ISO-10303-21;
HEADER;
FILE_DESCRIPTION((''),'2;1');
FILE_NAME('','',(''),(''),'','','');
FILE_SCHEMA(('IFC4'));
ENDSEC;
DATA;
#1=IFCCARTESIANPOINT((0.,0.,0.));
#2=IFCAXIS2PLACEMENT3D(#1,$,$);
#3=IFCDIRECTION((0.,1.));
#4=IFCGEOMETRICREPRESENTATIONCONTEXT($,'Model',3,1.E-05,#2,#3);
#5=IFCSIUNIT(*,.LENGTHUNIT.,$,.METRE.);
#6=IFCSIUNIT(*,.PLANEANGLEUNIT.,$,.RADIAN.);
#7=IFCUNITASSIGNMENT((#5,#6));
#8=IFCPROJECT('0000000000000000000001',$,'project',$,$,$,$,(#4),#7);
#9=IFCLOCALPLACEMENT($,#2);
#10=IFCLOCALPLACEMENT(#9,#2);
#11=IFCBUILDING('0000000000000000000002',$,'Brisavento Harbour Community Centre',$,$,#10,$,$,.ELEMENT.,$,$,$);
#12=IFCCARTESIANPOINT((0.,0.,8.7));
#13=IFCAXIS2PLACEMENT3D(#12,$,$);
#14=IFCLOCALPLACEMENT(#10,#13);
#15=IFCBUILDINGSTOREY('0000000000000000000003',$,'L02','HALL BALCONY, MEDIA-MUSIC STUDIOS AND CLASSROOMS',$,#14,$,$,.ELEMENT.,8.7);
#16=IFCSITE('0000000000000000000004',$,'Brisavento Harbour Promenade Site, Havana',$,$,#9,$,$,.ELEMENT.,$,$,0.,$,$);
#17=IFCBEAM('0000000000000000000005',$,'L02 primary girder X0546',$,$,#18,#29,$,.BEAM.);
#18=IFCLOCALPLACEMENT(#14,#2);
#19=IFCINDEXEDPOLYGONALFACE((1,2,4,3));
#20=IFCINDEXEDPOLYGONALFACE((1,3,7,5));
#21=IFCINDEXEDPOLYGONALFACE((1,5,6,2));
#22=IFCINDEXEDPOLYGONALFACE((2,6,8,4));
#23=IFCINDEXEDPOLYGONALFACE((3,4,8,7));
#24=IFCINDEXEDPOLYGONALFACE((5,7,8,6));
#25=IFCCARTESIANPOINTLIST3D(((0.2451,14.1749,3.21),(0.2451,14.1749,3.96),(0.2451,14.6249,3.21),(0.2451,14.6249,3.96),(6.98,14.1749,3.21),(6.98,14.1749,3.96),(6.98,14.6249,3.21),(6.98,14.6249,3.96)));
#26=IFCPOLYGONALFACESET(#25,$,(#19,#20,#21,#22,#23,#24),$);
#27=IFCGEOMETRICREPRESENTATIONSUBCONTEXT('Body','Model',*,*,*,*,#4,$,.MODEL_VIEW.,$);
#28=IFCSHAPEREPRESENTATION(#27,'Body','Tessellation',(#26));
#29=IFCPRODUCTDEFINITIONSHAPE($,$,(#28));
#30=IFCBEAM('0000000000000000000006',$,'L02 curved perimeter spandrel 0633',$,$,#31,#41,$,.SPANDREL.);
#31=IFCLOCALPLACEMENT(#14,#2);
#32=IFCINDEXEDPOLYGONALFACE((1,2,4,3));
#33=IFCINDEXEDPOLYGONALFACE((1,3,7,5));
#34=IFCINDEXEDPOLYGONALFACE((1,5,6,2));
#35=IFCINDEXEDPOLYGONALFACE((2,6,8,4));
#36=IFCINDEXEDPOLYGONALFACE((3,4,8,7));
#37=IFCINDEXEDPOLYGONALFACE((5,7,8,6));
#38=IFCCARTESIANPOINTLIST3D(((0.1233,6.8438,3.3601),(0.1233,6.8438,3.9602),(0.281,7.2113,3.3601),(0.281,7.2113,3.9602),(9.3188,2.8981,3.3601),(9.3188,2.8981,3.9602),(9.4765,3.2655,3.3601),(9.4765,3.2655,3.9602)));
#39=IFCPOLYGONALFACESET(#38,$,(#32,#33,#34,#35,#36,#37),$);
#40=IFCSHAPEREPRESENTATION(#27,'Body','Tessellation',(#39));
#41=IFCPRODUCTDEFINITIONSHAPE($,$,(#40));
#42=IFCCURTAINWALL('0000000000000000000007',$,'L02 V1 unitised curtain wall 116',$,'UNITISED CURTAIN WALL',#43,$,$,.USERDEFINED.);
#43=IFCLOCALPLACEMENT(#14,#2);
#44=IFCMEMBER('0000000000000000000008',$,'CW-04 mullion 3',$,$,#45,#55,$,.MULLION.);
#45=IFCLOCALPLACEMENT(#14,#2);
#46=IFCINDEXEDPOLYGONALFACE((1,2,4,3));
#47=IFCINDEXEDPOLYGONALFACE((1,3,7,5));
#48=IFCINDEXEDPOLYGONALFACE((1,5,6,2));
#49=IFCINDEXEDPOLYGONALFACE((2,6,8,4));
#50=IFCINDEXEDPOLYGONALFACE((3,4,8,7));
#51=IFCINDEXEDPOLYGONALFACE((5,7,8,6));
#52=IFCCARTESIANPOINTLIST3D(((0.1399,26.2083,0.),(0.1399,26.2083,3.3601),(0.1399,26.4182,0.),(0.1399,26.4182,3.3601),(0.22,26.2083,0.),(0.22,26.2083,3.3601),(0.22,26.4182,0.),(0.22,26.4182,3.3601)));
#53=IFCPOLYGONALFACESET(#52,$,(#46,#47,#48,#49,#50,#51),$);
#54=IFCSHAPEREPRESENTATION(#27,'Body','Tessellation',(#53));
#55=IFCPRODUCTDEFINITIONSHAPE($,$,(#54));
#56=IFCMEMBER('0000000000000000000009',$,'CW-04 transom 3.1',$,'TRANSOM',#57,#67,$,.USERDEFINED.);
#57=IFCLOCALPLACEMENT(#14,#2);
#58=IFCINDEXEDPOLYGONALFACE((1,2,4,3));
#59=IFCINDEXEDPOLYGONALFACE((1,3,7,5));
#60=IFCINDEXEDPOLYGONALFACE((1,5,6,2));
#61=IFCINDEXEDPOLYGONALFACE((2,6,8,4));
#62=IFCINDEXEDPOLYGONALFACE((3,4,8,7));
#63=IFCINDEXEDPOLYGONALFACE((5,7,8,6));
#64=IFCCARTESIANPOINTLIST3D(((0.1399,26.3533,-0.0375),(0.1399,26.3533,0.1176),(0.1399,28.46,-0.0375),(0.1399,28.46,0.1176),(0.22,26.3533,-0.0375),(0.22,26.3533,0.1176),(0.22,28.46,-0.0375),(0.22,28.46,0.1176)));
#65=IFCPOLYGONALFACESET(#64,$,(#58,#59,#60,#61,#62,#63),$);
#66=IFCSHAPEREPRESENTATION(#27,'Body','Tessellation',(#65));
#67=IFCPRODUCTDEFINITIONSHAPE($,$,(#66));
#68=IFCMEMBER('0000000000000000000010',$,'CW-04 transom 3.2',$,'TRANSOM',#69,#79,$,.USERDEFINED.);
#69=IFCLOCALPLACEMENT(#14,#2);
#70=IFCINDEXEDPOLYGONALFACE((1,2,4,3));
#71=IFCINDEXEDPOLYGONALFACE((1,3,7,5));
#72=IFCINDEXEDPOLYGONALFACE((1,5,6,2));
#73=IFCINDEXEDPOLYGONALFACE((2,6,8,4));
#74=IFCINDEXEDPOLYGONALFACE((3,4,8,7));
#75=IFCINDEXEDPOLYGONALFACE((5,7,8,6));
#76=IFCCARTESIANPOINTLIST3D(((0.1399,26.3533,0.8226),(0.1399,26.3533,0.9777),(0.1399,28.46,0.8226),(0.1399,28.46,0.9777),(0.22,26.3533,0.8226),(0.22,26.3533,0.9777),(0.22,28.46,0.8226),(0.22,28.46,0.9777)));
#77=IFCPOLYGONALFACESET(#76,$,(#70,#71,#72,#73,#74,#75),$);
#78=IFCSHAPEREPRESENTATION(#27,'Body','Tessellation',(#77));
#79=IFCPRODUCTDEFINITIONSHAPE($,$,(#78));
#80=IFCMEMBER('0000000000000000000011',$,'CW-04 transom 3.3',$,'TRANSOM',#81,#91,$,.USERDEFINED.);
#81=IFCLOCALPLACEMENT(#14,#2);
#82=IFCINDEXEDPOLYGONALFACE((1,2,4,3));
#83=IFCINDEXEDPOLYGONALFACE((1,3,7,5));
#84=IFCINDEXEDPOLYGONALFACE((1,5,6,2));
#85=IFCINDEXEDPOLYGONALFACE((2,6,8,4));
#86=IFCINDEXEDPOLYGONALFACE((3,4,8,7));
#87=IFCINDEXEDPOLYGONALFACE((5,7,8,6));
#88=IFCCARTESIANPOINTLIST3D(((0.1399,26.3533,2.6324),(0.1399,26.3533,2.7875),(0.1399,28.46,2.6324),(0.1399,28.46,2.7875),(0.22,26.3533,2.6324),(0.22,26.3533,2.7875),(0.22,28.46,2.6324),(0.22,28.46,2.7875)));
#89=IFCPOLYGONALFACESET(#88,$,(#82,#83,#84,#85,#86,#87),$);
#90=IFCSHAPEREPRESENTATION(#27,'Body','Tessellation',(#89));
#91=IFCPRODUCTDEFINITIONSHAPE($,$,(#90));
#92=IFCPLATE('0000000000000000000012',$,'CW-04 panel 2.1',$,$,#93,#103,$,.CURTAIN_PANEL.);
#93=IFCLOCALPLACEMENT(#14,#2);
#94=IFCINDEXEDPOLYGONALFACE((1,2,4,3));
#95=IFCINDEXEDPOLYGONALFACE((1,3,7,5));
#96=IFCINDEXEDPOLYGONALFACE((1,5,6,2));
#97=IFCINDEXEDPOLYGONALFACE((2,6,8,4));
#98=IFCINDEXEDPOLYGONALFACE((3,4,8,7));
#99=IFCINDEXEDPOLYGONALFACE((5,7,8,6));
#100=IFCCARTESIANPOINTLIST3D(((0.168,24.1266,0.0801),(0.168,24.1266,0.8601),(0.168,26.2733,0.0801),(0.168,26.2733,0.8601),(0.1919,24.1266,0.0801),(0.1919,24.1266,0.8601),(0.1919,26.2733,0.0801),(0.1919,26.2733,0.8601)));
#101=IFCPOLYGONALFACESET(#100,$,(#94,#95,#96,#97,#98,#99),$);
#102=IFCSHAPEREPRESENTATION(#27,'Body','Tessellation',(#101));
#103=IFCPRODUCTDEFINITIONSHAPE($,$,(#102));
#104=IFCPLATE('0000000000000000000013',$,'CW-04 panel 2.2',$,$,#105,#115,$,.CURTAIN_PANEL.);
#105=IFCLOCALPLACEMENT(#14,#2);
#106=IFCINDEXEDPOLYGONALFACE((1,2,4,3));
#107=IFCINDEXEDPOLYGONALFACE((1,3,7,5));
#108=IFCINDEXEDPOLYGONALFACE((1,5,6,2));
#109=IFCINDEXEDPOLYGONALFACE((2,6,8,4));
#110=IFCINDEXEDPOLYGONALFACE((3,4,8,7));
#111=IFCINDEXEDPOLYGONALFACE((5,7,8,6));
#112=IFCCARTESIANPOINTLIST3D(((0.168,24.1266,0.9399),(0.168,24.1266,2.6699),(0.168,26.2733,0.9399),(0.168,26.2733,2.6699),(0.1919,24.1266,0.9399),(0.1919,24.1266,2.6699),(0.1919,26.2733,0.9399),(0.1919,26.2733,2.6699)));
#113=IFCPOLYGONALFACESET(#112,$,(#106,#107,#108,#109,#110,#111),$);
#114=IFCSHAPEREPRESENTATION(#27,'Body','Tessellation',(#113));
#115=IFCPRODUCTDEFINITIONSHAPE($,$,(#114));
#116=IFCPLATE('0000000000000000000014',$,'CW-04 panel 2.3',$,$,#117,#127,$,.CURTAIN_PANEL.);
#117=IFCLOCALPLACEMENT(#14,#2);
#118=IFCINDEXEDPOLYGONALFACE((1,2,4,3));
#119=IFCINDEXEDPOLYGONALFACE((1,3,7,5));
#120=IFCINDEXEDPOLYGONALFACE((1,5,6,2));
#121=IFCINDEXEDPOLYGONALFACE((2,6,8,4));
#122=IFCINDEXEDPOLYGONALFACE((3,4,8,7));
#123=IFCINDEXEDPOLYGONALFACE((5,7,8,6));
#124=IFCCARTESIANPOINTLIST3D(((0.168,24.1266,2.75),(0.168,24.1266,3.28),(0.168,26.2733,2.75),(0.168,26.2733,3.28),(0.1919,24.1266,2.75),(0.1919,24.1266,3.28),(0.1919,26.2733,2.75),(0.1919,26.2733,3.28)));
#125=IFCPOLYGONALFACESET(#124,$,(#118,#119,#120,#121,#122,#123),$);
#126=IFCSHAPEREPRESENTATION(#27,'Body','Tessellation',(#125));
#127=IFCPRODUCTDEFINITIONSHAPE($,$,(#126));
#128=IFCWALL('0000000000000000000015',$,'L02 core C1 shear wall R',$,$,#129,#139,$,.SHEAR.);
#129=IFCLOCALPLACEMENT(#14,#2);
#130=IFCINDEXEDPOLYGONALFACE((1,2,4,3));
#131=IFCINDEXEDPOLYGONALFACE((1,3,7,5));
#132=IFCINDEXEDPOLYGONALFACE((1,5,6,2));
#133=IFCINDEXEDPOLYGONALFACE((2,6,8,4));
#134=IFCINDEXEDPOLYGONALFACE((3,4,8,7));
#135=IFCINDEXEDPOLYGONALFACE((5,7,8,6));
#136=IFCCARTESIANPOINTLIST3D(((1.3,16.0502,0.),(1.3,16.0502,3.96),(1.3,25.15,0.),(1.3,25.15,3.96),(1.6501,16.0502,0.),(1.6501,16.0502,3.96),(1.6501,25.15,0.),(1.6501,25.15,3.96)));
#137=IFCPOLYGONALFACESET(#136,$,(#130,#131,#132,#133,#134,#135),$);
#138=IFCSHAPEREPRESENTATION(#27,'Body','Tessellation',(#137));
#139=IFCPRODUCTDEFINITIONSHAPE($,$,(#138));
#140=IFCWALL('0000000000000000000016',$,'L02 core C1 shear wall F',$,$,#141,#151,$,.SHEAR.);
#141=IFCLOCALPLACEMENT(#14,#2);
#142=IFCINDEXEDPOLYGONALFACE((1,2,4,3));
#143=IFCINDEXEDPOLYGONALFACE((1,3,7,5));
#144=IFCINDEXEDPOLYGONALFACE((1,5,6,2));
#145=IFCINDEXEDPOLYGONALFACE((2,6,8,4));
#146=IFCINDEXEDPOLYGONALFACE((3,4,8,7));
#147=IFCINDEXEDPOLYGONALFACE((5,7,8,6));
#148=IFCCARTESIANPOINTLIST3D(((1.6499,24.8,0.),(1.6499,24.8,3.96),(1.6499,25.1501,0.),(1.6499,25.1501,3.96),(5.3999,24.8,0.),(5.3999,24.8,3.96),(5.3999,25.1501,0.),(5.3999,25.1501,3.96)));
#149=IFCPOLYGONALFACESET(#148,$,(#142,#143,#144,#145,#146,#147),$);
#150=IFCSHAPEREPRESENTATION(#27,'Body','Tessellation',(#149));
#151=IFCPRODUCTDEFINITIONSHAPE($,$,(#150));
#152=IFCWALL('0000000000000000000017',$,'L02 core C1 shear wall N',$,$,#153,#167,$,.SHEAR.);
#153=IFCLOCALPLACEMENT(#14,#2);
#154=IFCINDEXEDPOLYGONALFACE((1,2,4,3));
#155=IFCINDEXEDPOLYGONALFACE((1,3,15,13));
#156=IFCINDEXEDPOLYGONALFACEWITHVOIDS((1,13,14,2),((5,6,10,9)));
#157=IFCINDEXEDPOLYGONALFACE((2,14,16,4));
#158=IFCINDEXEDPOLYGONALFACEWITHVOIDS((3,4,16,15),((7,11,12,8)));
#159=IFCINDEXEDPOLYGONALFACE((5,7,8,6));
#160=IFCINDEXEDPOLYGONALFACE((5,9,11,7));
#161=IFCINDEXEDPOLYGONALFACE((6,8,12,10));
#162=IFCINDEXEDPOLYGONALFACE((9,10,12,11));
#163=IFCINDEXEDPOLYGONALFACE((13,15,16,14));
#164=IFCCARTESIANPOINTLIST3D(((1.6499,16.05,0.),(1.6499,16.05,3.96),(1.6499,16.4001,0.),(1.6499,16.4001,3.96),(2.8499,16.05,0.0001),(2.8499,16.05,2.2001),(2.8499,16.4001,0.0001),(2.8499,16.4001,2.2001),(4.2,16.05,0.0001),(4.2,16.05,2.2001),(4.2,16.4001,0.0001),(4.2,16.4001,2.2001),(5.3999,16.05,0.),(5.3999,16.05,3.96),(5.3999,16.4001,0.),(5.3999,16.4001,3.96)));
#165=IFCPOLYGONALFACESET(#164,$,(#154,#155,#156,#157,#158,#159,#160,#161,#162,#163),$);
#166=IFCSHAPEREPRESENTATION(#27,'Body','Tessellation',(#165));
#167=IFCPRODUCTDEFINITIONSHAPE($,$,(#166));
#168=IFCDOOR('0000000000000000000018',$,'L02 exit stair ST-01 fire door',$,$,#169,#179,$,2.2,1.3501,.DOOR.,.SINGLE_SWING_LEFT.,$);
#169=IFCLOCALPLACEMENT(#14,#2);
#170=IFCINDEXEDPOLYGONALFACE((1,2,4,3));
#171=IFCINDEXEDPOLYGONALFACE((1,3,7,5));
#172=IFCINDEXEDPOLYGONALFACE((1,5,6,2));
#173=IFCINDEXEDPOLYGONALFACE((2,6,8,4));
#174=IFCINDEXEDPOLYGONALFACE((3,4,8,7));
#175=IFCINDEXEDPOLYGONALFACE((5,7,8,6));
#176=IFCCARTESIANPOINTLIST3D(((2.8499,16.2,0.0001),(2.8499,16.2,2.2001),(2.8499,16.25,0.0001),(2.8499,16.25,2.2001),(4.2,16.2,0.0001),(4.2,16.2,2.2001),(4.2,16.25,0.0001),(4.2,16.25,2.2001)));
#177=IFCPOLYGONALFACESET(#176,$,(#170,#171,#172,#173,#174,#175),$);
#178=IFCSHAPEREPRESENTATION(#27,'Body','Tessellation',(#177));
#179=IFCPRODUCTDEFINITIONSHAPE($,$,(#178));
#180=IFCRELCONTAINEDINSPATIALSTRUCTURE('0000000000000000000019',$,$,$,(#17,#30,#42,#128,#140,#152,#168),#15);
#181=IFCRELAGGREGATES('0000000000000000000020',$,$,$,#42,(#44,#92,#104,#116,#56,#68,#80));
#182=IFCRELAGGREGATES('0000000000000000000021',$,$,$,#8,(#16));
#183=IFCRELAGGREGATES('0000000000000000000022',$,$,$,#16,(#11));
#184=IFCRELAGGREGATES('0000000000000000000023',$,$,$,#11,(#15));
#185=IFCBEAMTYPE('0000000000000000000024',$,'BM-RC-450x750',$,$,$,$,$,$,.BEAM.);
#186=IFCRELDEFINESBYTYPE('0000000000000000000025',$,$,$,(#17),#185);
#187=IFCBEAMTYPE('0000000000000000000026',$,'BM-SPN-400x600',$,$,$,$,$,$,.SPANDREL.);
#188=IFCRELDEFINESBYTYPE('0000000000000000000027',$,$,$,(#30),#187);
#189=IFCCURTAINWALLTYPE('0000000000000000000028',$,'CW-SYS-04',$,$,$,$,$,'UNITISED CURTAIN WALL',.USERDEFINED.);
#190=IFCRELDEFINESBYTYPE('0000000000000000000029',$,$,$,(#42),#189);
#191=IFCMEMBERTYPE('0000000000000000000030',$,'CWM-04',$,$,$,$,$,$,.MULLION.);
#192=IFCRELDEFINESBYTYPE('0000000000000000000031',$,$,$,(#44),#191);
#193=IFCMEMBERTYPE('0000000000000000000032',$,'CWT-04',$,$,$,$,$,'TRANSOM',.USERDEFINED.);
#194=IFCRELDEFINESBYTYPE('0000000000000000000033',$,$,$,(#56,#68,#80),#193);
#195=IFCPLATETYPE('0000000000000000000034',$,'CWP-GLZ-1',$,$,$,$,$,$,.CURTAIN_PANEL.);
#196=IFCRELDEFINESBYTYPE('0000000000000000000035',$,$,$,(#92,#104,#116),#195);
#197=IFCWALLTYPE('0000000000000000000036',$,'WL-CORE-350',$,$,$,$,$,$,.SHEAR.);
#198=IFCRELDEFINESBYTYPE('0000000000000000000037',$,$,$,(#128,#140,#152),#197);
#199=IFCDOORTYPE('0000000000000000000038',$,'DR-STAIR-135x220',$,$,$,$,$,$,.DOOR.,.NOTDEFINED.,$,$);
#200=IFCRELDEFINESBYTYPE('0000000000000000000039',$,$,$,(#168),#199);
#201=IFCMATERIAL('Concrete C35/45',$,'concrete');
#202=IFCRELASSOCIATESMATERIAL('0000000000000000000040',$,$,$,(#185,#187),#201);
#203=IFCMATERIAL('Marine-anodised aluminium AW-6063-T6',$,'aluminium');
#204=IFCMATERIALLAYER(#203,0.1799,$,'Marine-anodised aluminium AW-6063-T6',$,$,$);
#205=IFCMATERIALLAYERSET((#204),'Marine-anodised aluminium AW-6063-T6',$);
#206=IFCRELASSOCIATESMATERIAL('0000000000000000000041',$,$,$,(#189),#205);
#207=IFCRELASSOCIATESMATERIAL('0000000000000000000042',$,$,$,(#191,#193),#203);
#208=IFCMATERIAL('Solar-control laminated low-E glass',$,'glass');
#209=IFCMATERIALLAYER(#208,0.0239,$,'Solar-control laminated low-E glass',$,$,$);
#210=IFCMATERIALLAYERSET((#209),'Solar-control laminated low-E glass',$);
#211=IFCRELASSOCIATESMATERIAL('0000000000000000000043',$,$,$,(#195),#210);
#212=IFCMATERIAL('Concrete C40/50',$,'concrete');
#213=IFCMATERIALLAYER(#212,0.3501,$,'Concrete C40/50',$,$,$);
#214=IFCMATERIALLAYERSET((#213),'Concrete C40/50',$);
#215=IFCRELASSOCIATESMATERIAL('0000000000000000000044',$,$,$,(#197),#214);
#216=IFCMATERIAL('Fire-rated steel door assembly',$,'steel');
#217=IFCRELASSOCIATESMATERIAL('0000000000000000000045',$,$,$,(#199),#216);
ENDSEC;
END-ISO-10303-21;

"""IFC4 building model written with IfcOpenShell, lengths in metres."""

from ifc_helpers import new_model, si_unit, direction, frame, frame_2d, origin, origin_2d, place, context, subcontext, project, spatial, rectangle, extrude, material, layer, layer_set, material_profile, profile_set, type_object, element, fill, aggregate, save


model = new_model("IFC4")

# Units and contexts
model_context = context("Model", 3, precision=1e-05, world=origin(), true_north=direction((0.0, 1.0)))
body_context = subcontext(model_context, "Body", "Model", "MODEL_VIEW")
ifc_project = project(units=[si_unit("LENGTHUNIT", "METRE"), si_unit("PLANEANGLEUNIT", "RADIAN")], contexts=[model_context])

# Site, building, storey
site_placement = place(None, origin())
site = spatial("IfcSite", under=ifc_project, at=site_placement, Name="Brisavento Harbour Promenade Site, Havana", CompositionType="ELEMENT", RefElevation=0.0)
building_placement = place(site_placement, origin())
building = spatial("IfcBuilding", under=site, at=building_placement, Name="Brisavento Harbour Community Centre", CompositionType="ELEMENT")
storey_placement = place(building_placement, frame((0.0, 0.0, 8.7)))
storey = spatial("IfcBuildingStorey", under=building, at=storey_placement, Name="L02", Description="HALL BALCONY, MEDIA-MUSIC STUDIOS AND CLASSROOMS", CompositionType="ELEMENT", Elevation=8.7)

# Beams
ifc_material_1 = material(Name="Concrete C35/45", Category="concrete")
ifc_material_profile_1 = material_profile(ifc_material_1, rectangle(XDim=0.45, YDim=0.75, at=origin_2d()), Name="Concrete C35/45")
ifc_profile_set_1 = profile_set([ifc_material_profile_1], Name="Concrete C35/45")
beam_type_1 = type_object("IfcBeamType", Name="BM-RC-450x750", PredefinedType="BEAM", material=ifc_profile_set_1)
beam_1_placement = place(storey_placement, frame((0.2451, 14.3999, 3.585), z_axis=(1.0, 0.0, 0.0), x_axis=(0.0, 1.0, 0.0)))
element("IfcBeam", 1, at=beam_1_placement, inside=storey, type_object=beam_type_1, Name="L02 primary girder X0546", PredefinedType="BEAM", context=body_context, shape_type="SweptSolid", body=[
    extrude(rectangle(XDim=0.45, YDim=0.75, at=origin_2d()), origin(), (0.0, 0.0, 1.0), 6.7349),
])
ifc_material_profile_2 = material_profile(ifc_material_1, rectangle(XDim=0.3999, YDim=0.6001, at=origin_2d()), Name="Concrete C35/45")
ifc_profile_set_2 = profile_set([ifc_material_profile_2], Name="Concrete C35/45")
beam_type_2 = type_object("IfcBeamType", Name="BM-SPN-400x600", PredefinedType="SPANDREL", material=ifc_profile_set_2)
beam_2_placement = place(storey_placement, frame((0.2021, 7.0276, 3.6602), z_axis=(0.91897, -0.394329, 0.0), x_axis=(0.394329, 0.91897, 0.0)))
element("IfcBeam", 2, at=beam_2_placement, inside=storey, type_object=beam_type_2, Name="L02 curved perimeter spandrel 0633", PredefinedType="SPANDREL", context=body_context, shape_type="SweptSolid", body=[
    extrude(rectangle(XDim=0.3999, YDim=0.6001, at=origin_2d()), origin(), (0.0, 0.0, 1.0), 10.0063),
])

# Curtain wall, members, plates
ifc_material_2 = material(Name="Marine-anodised aluminium AW-6063-T6", Category="aluminium")
ifc_layer_1 = layer(ifc_material_2, 0.1799, Name="Marine-anodised aluminium AW-6063-T6")
ifc_layer_set_1 = layer_set([ifc_layer_1], Name="Marine-anodised aluminium AW-6063-T6")
curtain_wall_type = type_object("IfcCurtainWallType", Name="CW-SYS-04", ElementType="UNITISED CURTAIN WALL", PredefinedType="USERDEFINED", material=ifc_layer_set_1)
curtain_wall_placement = place(storey_placement, origin())
curtain_wall = element("IfcCurtainWall", 3, at=curtain_wall_placement, inside=storey, type_object=curtain_wall_type, Name="L02 V1 unitised curtain wall 116", ObjectType="UNITISED CURTAIN WALL", PredefinedType="USERDEFINED")
ifc_material_profile_3 = material_profile(ifc_material_2, rectangle(XDim=0.0801, YDim=0.21, at=origin_2d()), Name="Marine-anodised aluminium AW-6063-T6")
ifc_profile_set_3 = profile_set([ifc_material_profile_3], Name="Marine-anodised aluminium AW-6063-T6")
member_type_1 = type_object("IfcMemberType", Name="CWM-04", PredefinedType="MULLION", material=ifc_profile_set_3)
member_1_placement = place(storey_placement, frame((0.1799, 26.3132, 0.0), z_axis=(0.0, 0.0, 1.0), x_axis=(-1.0, 0.0, 0.0)))
member_1 = element("IfcMember", 4, at=member_1_placement, type_object=member_type_1, Name="CW-04 mullion 3", PredefinedType="MULLION", context=body_context, shape_type="SweptSolid", body=[
    extrude(rectangle(XDim=0.0801, YDim=0.21, at=origin_2d()), origin(), (0.0, 0.0, 1.0), 3.3601),
])
ifc_material_profile_4 = material_profile(ifc_material_2, rectangle(XDim=0.0801, YDim=0.155, at=origin_2d()), Name="Marine-anodised aluminium AW-6063-T6")
ifc_profile_set_4 = profile_set([ifc_material_profile_4], Name="Marine-anodised aluminium AW-6063-T6")
member_type_2 = type_object("IfcMemberType", Name="CWT-04", ElementType="TRANSOM", PredefinedType="USERDEFINED", material=ifc_profile_set_4)
member_2_placement = place(storey_placement, frame((0.1799, 26.3533, 0.04), z_axis=(0.0, 1.0, 0.0), x_axis=(-1.0, 0.0, 0.0)))
member_2 = element("IfcMember", 5, at=member_2_placement, type_object=member_type_2, Name="CW-04 transom 3.1", ObjectType="TRANSOM", PredefinedType="USERDEFINED", context=body_context, shape_type="SweptSolid", body=[
    extrude(rectangle(XDim=0.0801, YDim=0.155, at=origin_2d()), origin(), (0.0, 0.0, 1.0), 2.1067),
])
member_3_placement = place(storey_placement, frame((0.1799, 26.3533, 0.9001), z_axis=(0.0, 1.0, 0.0), x_axis=(-1.0, 0.0, 0.0)))
member_3 = element("IfcMember", 6, at=member_3_placement, type_object=member_type_2, Name="CW-04 transom 3.2", ObjectType="TRANSOM", PredefinedType="USERDEFINED", context=body_context, shape_type="SweptSolid", body=[
    extrude(rectangle(XDim=0.0801, YDim=0.155, at=origin_2d()), origin(), (0.0, 0.0, 1.0), 2.1067),
])
member_4_placement = place(storey_placement, frame((0.1799, 26.3533, 2.71), z_axis=(0.0, 1.0, 0.0), x_axis=(-1.0, 0.0, 0.0)))
member_4 = element("IfcMember", 7, at=member_4_placement, type_object=member_type_2, Name="CW-04 transom 3.3", ObjectType="TRANSOM", PredefinedType="USERDEFINED", context=body_context, shape_type="SweptSolid", body=[
    extrude(rectangle(XDim=0.0801, YDim=0.155, at=origin_2d()), origin(), (0.0, 0.0, 1.0), 2.1067),
])
ifc_material_3 = material(Name="Solar-control laminated low-E glass", Category="glass")
ifc_layer_2 = layer(ifc_material_3, 0.0239, Name="Solar-control laminated low-E glass")
ifc_layer_set_2 = layer_set([ifc_layer_2], Name="Solar-control laminated low-E glass")
plate_type = type_object("IfcPlateType", Name="CWP-GLZ-1", PredefinedType="CURTAIN_PANEL", material=ifc_layer_set_2)
plate_1_placement = place(storey_placement, frame((0.1799, 25.2, 0.0801), z_axis=(0.0, 0.0, 1.0), x_axis=(0.0, 1.0, 0.0)))
plate_1 = element("IfcPlate", 8, at=plate_1_placement, type_object=plate_type, Name="CW-04 panel 2.1", PredefinedType="CURTAIN_PANEL", context=body_context, shape_type="SweptSolid", body=[
    extrude(rectangle(XDim=2.1467, YDim=0.0239, at=origin_2d()), origin(), (0.0, 0.0, 1.0), 0.78),
])
plate_2_placement = place(storey_placement, frame((0.1799, 25.2, 0.9399), z_axis=(0.0, 0.0, 1.0), x_axis=(0.0, 1.0, 0.0)))
plate_2 = element("IfcPlate", 9, at=plate_2_placement, type_object=plate_type, Name="CW-04 panel 2.2", PredefinedType="CURTAIN_PANEL", context=body_context, shape_type="SweptSolid", body=[
    extrude(rectangle(XDim=2.1467, YDim=0.0239, at=origin_2d()), origin(), (0.0, 0.0, 1.0), 1.73),
])
plate_3_placement = place(storey_placement, frame((0.1799, 25.2, 2.75), z_axis=(0.0, 0.0, 1.0), x_axis=(0.0, 1.0, 0.0)))
plate_3 = element("IfcPlate", 10, at=plate_3_placement, type_object=plate_type, Name="CW-04 panel 2.3", PredefinedType="CURTAIN_PANEL", context=body_context, shape_type="SweptSolid", body=[
    extrude(rectangle(XDim=2.1467, YDim=0.0239, at=origin_2d()), origin(), (0.0, 0.0, 1.0), 0.53),
])
aggregate(curtain_wall, [member_1, plate_1, plate_2, plate_3, member_2, member_3, member_4])

# Walls
ifc_material_4 = material(Name="Concrete C40/50", Category="concrete")
ifc_layer_3 = layer(ifc_material_4, 0.3501, Name="Concrete C40/50")
ifc_layer_set_3 = layer_set([ifc_layer_3], Name="Concrete C40/50")
wall_type_1 = type_object("IfcWallType", Name="WL-CORE-350", PredefinedType="SHEAR", material=ifc_layer_set_3)
wall_1_placement = place(storey_placement, frame((1.4751, 25.1499, 0.0), z_axis=(0.0, 0.0, 1.0), x_axis=(0.0, -1.0, 0.0)))
element("IfcWall", 11, at=wall_1_placement, inside=storey, type_object=wall_type_1, Name="L02 core C1 shear wall R", PredefinedType="SHEAR", context=body_context, shape_type="SweptSolid", body=[
    extrude(rectangle(XDim=9.0999, YDim=0.3501, at=frame_2d((4.5498, 0.0))), origin(), (0.0, 0.0, 1.0), 3.96),
])
wall_2_placement = place(storey_placement, frame((5.3999, 24.9751, 0.0), z_axis=(0.0, 0.0, 1.0), x_axis=(-1.0, 0.0, 0.0)))
element("IfcWall", 12, at=wall_2_placement, inside=storey, type_object=wall_type_1, Name="L02 core C1 shear wall F", PredefinedType="SHEAR", context=body_context, shape_type="SweptSolid", body=[
    extrude(rectangle(XDim=3.75, YDim=0.3501, at=frame_2d((1.875, 0.0))), origin(), (0.0, 0.0, 1.0), 3.96),
])

# Wall, opening, door
wall_3_placement = place(storey_placement, frame((1.6499, 16.2251, 0.0), z_axis=(0.0, 0.0, 1.0), x_axis=(1.0, 0.0, 0.0)))
wall_3 = element("IfcWall", 13, at=wall_3_placement, inside=storey, type_object=wall_type_1, Name="L02 core C1 shear wall N", PredefinedType="SHEAR", context=body_context, shape_type="SweptSolid", body=[
    extrude(rectangle(XDim=3.75, YDim=0.3501, at=frame_2d((1.875, 0.0))), origin(), (0.0, 0.0, 1.0), 3.96),
])
opening_1_placement = place(wall_3_placement, frame((1.2, 0.0, 0.0)))
opening_1 = element("IfcOpeningElement", 14, at=opening_1_placement, cuts=wall_3, PredefinedType="OPENING", context=body_context, shape_type="SweptSolid", body=[
    extrude(rectangle(XDim=1.3501, YDim=2.2, at=frame_2d((0.675, 1.1001))), frame((0.0, 0.1851, 0.0), z_axis=(0.0, -1.0, 0.0), x_axis=(1.0, 0.0, 0.0)), (0.0, 0.0, 1.0), 0.3701),
])
ifc_material_5 = material(Name="Fire-rated steel door assembly", Category="steel")
door_type_1 = type_object("IfcDoorType", Name="DR-STAIR-135x220", OperationType="NOTDEFINED", PredefinedType="DOOR", material=ifc_material_5)
door_1_placement = place(opening_1_placement, origin())
door_1 = element("IfcDoor", 15, at=door_1_placement, inside=storey, type_object=door_type_1, Name="L02 exit stair ST-01 fire door", OperationType="SINGLE_SWING_LEFT", OverallHeight=2.2, OverallWidth=1.3501, PredefinedType="DOOR", context=body_context, shape_type="SweptSolid", body=[
    extrude(rectangle(XDim=1.3501, YDim=2.2, at=frame_2d((0.675, 1.1001))), frame((0.0, 0.0249, 0.0), z_axis=(0.0, -1.0, 0.0), x_axis=(1.0, 0.0, 0.0)), (0.0, 0.0, 1.0), 0.05),
])
fill(opening_1, door_1)

save(model, "model.ifc")
